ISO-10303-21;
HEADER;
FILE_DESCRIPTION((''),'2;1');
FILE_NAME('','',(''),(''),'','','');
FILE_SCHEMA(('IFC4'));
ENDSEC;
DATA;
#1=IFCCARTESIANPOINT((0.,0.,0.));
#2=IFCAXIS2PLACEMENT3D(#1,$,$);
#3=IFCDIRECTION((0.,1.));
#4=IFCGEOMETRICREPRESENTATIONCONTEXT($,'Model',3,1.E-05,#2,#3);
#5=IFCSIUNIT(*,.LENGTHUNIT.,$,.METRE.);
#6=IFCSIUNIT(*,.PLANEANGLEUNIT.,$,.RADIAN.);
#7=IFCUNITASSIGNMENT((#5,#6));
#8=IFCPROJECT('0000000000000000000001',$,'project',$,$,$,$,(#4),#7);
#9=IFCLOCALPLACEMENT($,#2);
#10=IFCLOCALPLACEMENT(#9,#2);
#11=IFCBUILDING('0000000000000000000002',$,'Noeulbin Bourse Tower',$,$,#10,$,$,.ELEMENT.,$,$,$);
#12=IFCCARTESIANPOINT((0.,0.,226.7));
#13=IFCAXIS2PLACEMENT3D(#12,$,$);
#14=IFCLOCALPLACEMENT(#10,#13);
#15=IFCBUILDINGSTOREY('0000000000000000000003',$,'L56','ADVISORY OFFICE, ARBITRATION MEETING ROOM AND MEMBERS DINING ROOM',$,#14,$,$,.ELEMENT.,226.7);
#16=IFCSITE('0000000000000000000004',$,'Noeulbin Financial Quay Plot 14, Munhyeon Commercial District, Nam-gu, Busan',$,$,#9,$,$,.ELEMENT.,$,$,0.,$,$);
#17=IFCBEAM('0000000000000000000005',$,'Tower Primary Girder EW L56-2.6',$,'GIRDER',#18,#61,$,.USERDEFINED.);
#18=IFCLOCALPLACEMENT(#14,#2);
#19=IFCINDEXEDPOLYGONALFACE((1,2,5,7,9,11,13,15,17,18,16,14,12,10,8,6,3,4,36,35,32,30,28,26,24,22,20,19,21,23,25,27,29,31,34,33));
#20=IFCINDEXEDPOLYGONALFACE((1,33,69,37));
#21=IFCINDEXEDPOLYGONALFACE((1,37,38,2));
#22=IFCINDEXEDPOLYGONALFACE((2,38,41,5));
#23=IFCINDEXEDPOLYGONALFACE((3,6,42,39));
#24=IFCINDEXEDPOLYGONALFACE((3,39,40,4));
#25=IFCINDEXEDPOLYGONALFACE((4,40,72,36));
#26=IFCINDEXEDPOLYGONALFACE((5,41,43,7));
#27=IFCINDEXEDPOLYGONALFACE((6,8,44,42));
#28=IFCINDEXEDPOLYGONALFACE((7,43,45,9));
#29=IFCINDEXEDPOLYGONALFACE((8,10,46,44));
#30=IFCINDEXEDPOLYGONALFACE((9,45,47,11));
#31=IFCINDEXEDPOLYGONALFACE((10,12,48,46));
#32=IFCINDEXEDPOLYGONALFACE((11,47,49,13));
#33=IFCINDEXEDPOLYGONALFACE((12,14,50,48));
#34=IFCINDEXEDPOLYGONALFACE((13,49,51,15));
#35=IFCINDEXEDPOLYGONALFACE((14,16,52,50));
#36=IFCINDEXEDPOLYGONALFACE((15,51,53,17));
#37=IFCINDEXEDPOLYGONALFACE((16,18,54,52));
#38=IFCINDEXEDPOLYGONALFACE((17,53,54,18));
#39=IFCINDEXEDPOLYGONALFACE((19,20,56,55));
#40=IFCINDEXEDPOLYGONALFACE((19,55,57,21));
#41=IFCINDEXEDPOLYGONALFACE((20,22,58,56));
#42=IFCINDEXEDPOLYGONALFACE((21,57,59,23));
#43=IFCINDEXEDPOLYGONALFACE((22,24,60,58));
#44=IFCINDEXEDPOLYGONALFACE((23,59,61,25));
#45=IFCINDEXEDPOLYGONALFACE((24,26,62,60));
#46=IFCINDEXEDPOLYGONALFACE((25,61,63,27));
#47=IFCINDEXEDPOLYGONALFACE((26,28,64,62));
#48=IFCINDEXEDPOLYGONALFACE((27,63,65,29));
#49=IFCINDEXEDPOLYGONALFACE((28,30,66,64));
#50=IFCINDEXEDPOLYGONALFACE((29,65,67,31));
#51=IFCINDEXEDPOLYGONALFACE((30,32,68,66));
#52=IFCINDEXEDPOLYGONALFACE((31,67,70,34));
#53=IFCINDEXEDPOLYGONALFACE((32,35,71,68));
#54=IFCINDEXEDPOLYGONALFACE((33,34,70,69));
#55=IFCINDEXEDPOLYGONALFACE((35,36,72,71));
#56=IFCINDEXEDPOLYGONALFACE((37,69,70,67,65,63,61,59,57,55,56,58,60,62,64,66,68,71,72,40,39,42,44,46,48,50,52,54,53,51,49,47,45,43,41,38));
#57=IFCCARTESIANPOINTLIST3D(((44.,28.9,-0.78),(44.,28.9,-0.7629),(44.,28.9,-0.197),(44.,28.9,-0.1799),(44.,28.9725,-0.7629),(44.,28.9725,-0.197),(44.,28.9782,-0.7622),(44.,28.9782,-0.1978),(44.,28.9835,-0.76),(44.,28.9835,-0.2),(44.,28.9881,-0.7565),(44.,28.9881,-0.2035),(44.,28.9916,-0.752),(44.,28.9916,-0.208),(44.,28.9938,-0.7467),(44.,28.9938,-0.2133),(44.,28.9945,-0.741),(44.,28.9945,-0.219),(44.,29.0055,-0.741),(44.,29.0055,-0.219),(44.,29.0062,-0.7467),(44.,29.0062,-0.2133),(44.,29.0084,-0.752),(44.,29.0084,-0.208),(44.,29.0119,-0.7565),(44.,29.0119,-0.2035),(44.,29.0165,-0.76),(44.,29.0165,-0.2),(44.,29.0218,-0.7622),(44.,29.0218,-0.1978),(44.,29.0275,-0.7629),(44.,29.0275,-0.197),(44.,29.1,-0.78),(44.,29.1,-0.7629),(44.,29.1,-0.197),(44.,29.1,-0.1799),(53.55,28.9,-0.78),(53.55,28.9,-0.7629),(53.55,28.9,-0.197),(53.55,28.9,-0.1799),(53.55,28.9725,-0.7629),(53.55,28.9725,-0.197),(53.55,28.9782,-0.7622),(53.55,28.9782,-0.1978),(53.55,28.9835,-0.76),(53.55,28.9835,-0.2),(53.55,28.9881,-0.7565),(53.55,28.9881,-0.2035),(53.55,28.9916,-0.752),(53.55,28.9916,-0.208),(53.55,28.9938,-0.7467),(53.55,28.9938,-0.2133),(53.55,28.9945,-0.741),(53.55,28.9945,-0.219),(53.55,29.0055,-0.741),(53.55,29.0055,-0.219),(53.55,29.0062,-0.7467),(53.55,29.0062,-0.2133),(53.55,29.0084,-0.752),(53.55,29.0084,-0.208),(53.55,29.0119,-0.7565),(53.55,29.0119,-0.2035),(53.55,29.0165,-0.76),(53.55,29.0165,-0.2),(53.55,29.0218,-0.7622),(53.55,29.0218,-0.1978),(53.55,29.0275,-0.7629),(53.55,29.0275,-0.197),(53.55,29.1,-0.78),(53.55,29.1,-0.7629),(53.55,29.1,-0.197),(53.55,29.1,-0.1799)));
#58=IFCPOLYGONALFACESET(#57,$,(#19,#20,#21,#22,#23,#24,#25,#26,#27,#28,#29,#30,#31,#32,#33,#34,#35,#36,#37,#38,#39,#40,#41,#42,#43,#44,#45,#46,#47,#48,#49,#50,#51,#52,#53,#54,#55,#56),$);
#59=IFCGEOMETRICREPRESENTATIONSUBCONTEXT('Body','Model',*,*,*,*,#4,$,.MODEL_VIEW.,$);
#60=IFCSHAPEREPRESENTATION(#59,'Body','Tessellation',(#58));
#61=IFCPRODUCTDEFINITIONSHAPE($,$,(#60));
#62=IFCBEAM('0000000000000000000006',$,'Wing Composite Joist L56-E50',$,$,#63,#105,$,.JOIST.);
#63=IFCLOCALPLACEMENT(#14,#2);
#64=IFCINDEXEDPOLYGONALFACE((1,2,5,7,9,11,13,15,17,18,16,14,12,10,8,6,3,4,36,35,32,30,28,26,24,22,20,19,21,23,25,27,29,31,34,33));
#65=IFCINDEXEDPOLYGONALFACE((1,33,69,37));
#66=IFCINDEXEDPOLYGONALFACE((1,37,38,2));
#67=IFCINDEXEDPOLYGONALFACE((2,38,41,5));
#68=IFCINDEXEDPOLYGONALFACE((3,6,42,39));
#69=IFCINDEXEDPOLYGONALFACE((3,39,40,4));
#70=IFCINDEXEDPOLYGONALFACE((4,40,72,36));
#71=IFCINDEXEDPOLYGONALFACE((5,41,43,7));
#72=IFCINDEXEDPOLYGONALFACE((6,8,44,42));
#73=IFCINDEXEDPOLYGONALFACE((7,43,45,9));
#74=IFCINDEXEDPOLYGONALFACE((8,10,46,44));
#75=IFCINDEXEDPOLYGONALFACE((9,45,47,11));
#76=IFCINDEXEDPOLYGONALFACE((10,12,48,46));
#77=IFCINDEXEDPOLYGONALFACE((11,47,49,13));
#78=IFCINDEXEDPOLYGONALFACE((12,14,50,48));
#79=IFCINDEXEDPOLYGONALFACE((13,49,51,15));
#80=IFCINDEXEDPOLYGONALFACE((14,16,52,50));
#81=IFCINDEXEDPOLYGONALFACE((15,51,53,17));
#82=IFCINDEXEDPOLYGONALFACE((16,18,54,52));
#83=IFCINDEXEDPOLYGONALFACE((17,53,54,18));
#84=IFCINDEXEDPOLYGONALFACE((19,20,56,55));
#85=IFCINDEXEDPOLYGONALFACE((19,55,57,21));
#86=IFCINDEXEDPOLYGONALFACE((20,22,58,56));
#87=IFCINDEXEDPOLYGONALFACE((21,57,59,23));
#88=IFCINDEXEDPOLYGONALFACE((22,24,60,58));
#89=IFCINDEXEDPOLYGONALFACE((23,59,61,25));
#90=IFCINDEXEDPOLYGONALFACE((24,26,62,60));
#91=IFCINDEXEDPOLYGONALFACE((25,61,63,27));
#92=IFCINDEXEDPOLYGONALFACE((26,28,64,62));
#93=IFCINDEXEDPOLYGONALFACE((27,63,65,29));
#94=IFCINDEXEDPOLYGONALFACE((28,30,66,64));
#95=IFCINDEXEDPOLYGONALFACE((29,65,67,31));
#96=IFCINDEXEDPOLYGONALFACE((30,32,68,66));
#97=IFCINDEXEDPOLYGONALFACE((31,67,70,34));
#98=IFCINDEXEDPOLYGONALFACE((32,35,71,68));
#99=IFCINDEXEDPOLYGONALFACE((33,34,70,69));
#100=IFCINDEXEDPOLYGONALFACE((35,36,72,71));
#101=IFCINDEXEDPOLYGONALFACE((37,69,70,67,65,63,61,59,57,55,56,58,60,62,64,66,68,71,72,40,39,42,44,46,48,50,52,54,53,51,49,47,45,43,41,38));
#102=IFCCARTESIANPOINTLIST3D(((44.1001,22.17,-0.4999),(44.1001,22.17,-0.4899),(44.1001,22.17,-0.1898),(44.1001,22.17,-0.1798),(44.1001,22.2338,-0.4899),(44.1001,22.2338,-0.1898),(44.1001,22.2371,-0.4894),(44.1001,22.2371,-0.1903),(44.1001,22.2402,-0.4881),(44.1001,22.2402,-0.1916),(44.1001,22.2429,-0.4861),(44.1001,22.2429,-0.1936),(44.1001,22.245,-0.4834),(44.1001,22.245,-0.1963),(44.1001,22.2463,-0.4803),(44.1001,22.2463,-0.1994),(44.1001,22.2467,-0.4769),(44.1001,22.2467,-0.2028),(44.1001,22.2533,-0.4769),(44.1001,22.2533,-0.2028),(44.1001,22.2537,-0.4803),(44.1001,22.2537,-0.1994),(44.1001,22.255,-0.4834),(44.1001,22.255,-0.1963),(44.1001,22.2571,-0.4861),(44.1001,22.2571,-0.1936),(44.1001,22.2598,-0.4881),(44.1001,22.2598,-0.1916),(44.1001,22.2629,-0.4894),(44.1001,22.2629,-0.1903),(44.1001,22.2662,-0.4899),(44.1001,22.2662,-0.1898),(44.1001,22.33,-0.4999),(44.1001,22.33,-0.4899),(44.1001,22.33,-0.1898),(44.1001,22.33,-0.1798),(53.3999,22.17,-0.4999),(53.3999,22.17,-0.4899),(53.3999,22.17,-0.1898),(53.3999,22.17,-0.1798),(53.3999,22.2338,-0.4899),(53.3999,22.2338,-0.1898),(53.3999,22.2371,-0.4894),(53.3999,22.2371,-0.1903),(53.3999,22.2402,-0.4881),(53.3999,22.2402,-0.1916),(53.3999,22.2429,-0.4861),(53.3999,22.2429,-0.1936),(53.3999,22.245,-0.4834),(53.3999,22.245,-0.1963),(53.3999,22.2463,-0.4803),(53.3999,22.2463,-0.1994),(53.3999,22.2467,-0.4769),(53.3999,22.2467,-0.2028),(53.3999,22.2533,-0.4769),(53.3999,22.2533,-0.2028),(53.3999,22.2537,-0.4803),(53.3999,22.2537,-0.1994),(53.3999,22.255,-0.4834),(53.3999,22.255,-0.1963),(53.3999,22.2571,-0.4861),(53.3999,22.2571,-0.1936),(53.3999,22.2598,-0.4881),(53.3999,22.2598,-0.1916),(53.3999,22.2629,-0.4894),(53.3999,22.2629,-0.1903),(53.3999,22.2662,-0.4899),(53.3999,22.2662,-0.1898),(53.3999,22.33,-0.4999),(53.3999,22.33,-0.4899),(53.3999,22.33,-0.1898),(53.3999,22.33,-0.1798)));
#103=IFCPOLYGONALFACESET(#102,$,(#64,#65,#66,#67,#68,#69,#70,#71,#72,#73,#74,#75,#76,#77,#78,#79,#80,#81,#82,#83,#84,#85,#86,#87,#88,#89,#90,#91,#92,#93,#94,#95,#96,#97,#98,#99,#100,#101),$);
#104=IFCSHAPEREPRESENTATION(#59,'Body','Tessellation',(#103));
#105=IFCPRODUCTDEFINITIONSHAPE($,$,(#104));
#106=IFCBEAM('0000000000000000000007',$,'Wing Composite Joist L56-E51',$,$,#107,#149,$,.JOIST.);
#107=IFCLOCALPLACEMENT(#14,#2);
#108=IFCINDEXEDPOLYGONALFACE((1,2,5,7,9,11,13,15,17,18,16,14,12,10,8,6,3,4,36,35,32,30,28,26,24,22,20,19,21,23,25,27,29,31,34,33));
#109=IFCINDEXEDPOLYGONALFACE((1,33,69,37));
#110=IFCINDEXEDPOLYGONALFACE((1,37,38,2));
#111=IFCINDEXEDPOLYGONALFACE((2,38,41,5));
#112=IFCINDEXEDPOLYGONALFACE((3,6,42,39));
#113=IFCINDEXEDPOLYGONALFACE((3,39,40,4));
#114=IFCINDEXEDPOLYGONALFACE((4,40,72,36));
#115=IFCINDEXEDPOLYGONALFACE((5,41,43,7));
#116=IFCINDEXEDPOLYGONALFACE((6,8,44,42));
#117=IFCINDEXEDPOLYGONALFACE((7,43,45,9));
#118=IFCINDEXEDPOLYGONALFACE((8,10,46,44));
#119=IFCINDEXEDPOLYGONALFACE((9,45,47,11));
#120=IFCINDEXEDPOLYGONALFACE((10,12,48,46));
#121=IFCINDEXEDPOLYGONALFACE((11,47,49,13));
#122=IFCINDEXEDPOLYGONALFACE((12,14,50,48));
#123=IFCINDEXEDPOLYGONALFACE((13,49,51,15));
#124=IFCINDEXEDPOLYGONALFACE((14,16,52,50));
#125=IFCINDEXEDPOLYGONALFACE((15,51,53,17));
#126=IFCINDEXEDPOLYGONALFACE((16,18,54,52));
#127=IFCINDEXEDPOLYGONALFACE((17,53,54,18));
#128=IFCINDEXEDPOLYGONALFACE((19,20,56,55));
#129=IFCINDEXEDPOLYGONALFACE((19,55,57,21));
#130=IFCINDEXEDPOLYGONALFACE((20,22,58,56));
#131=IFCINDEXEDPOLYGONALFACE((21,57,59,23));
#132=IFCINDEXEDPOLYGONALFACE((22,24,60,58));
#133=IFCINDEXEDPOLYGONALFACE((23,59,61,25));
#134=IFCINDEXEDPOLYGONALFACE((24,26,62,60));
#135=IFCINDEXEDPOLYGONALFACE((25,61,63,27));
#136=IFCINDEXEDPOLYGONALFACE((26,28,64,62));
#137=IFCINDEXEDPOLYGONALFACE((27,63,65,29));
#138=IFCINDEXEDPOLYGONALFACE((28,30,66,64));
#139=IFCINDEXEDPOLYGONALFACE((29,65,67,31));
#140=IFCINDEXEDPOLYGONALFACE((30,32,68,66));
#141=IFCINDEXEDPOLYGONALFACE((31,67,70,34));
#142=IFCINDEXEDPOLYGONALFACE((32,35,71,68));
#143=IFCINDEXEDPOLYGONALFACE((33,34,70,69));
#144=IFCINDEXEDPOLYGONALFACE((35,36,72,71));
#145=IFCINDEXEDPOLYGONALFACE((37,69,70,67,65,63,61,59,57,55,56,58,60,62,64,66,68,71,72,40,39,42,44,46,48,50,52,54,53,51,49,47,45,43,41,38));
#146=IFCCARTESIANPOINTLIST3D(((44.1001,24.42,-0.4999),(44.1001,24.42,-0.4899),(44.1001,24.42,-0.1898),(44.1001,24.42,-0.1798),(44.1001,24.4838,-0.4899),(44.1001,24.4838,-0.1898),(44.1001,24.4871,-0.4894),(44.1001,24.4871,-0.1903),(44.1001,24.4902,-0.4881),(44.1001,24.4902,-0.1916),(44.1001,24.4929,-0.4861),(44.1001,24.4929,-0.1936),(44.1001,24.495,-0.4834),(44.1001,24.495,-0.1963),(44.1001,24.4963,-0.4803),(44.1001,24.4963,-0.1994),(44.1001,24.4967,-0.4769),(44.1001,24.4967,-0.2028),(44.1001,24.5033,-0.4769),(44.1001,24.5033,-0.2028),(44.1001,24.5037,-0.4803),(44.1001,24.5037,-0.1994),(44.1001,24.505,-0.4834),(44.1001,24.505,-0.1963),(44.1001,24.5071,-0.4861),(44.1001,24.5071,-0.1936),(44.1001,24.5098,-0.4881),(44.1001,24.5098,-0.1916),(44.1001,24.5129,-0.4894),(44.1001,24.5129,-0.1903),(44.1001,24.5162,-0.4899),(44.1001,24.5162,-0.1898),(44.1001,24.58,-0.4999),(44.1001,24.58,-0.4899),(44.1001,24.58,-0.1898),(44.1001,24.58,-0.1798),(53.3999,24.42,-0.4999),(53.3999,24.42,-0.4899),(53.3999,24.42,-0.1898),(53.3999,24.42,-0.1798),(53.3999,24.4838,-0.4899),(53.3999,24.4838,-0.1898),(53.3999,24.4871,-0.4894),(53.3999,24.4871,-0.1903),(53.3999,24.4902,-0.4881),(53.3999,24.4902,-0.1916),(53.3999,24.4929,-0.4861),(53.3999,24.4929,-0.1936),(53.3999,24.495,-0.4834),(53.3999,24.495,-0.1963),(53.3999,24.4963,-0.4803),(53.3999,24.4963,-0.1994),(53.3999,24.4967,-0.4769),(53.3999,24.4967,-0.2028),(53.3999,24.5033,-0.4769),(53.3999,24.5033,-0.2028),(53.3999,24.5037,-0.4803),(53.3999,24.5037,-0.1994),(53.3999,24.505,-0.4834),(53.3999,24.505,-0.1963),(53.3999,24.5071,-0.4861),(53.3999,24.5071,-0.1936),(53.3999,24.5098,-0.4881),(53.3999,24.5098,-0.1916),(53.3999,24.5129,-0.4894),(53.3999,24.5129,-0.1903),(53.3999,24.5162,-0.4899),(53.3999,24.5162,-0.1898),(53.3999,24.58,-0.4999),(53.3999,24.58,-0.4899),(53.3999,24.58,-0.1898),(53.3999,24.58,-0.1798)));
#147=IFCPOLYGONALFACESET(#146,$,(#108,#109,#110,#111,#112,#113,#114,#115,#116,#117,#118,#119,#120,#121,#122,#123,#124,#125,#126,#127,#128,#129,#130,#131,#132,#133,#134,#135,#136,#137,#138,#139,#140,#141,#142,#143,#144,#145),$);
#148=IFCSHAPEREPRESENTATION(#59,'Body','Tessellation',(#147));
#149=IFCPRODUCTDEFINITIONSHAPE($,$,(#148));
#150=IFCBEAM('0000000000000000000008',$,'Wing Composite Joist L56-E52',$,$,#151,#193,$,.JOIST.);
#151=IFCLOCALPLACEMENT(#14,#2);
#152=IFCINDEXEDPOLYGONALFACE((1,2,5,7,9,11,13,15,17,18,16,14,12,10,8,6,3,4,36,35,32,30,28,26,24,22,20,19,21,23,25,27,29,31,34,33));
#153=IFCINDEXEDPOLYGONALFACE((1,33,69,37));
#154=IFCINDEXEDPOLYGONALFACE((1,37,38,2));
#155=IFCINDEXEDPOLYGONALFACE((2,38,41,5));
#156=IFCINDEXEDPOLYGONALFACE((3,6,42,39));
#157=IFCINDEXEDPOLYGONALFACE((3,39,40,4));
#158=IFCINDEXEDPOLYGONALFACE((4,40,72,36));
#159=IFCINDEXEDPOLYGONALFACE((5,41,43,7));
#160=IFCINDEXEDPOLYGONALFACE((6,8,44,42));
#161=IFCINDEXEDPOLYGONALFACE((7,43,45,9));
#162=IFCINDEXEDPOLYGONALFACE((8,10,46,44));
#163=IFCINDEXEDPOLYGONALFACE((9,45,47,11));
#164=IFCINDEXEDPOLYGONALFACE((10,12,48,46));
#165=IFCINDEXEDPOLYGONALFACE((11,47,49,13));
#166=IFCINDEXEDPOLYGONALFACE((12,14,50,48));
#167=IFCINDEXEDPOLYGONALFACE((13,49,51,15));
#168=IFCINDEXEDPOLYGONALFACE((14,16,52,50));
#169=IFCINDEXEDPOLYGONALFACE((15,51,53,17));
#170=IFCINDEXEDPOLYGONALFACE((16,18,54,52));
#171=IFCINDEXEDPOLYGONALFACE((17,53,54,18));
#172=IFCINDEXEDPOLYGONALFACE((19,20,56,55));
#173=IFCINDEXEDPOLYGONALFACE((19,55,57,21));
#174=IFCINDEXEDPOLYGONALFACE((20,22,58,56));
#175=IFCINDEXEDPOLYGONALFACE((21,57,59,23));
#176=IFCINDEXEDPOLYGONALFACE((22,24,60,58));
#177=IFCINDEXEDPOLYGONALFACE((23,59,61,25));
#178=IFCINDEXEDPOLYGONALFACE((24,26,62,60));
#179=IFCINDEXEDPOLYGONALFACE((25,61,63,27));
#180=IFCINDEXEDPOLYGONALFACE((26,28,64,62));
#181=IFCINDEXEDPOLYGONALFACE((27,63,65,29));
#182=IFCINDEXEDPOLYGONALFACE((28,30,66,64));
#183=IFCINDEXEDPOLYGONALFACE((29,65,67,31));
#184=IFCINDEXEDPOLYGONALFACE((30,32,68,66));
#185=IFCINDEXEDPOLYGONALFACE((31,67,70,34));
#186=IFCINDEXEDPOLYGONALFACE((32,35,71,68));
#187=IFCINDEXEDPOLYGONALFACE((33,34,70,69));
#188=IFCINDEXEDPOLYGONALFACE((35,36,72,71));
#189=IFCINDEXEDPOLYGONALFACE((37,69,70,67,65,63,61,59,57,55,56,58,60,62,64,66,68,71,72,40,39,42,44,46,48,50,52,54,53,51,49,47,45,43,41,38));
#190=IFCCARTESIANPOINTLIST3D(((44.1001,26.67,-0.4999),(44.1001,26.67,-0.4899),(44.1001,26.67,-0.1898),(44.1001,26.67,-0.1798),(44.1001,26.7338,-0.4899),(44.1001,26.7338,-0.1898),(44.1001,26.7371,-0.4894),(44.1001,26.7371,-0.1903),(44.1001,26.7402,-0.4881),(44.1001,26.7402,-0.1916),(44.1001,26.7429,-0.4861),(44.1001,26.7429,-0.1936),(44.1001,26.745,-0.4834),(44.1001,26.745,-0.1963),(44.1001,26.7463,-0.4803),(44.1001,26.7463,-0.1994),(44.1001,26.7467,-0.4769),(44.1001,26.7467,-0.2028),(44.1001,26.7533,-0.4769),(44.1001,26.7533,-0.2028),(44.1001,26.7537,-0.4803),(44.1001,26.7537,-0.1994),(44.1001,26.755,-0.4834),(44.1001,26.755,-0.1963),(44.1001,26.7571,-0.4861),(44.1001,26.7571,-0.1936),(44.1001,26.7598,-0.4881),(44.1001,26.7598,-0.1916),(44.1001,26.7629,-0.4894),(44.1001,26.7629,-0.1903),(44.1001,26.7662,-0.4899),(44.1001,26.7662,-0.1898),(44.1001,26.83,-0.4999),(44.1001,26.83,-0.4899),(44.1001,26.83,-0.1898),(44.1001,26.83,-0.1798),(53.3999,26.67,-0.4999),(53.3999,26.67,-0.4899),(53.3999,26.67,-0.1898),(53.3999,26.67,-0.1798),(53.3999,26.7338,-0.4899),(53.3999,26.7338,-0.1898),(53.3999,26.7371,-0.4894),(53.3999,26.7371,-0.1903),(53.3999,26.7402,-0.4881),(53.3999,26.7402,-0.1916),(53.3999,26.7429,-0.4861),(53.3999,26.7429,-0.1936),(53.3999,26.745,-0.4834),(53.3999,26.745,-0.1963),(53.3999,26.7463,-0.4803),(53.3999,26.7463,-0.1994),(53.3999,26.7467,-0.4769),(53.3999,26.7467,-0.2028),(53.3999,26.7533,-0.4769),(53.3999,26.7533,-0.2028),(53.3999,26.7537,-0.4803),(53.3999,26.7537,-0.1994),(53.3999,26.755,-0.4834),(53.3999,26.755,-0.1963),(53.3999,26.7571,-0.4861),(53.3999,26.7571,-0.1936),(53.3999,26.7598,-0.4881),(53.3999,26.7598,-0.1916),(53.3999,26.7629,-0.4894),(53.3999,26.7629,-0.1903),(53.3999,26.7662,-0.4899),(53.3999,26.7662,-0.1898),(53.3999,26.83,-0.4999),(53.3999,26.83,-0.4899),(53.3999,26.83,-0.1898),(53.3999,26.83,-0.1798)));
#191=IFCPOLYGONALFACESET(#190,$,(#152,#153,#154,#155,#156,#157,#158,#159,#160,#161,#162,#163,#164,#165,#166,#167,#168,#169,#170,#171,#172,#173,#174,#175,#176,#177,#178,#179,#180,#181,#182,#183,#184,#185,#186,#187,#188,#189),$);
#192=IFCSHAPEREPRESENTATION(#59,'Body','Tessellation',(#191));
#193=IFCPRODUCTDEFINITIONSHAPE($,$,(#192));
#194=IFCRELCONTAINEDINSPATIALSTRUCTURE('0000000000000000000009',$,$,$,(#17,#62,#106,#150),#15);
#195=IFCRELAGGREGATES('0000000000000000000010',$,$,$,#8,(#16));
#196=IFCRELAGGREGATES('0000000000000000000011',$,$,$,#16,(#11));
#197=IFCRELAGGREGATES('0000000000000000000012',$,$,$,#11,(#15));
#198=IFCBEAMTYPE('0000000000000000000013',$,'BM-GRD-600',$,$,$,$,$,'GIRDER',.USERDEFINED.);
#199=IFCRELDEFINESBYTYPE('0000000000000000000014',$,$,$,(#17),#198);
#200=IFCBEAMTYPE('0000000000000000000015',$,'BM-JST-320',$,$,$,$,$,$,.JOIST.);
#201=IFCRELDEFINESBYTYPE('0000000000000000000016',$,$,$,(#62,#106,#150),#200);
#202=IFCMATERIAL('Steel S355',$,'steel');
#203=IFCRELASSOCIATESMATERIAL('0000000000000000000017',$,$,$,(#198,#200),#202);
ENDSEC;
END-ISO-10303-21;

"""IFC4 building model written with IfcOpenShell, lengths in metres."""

from ifc_helpers import new_model, si_unit, direction, frame, origin, origin_2d, place, context, subcontext, project, spatial, i_section, extrude, material, material_profile, profile_set, type_object, element, save


model = new_model("IFC4")

# Units and contexts
model_context = context("Model", 3, precision=1e-05, world=origin(), true_north=direction((0.0, 1.0)))
body_context = subcontext(model_context, "Body", "Model", "MODEL_VIEW")
ifc_project = project(units=[si_unit("LENGTHUNIT", "METRE"), si_unit("PLANEANGLEUNIT", "RADIAN")], contexts=[model_context])

# Site, building, storey
site_placement = place(None, origin())
site = spatial("IfcSite", under=ifc_project, at=site_placement, Name="Noeulbin Financial Quay Plot 14, Munhyeon Commercial District, Nam-gu, Busan", CompositionType="ELEMENT", RefElevation=0.0)
building_placement = place(site_placement, origin())
building = spatial("IfcBuilding", under=site, at=building_placement, Name="Noeulbin Bourse Tower", CompositionType="ELEMENT")
storey_placement = place(building_placement, frame((0.0, 0.0, 226.7)))
storey = spatial("IfcBuildingStorey", under=building, at=storey_placement, Name="L56", Description="ADVISORY OFFICE, ARBITRATION MEETING ROOM AND MEMBERS DINING ROOM", CompositionType="ELEMENT", Elevation=226.7)

# Shared definitions
ifc_material_1 = material(Name="Steel S355", Category="steel")

# Beams
ifc_material_profile_1 = material_profile(ifc_material_1, i_section(OverallWidth=0.2, OverallDepth=0.6001, WebThickness=0.011, FlangeThickness=0.0171, FilletRadius=0.022, at=origin_2d()), Name="H-600x200x11x17", Category="LoadBearing")
ifc_profile_set_1 = profile_set([ifc_material_profile_1], Name="Steel S355")
beam_type_1 = type_object("IfcBeamType", Name="BM-GRD-600", ElementType="GIRDER", PredefinedType="USERDEFINED", material=ifc_profile_set_1)
beam_1_placement = place(storey_placement, frame((44.0, 29.0, -0.48), z_axis=(1.0, 0.0, 0.0), x_axis=(0.0, 1.0, 0.0)))
element("IfcBeam", 1, at=beam_1_placement, inside=storey, type_object=beam_type_1, Name="Tower Primary Girder EW L56-2.6", ObjectType="GIRDER", PredefinedType="USERDEFINED", context=body_context, shape_type="SweptSolid", body=[
    extrude(i_section(OverallWidth=0.2, OverallDepth=0.6001, WebThickness=0.011, FlangeThickness=0.0171, FilletRadius=0.022, at=origin_2d()), origin(), (0.0, 0.0, 1.0), 9.55),
])
ifc_material_profile_2 = material_profile(ifc_material_1, i_section(OverallWidth=0.1599, OverallDepth=0.3201, WebThickness=0.0066, FlangeThickness=0.01, FilletRadius=0.0129, at=origin_2d()), Name="H-320x160x6.5x10", Category="LoadBearing")
ifc_profile_set_2 = profile_set([ifc_material_profile_2], Name="Steel S355")
beam_type_2 = type_object("IfcBeamType", Name="BM-JST-320", PredefinedType="JOIST", material=ifc_profile_set_2)
for number, where, z_axis, x_axis, name in (
    (2, (44.1001, 22.25, -0.3398), (1.0, 0.0, 0.0), (0.0, 1.0, 0.0), "Wing Composite Joist L56-E50"),
    (3, (44.1001, 24.5, -0.3398), (1.0, 0.0, 0.0), (0.0, 1.0, 0.0), "Wing Composite Joist L56-E51"),
    (4, (44.1001, 26.75, -0.3398), (1.0, 0.0, 0.0), (0.0, 1.0, 0.0), "Wing Composite Joist L56-E52"),
):
    element("IfcBeam", number, at=place(storey_placement, frame(where, z_axis=z_axis, x_axis=x_axis)), inside=storey, type_object=beam_type_2, Name=name, PredefinedType="JOIST", context=body_context, shape_type="SweptSolid", body=[
        extrude(i_section(OverallWidth=0.1599, OverallDepth=0.3201, WebThickness=0.0066, FlangeThickness=0.01, FilletRadius=0.0129, at=origin_2d()), origin(), (0.0, 0.0, 1.0), 9.2998),
    ])

save(model, "model.ifc")
